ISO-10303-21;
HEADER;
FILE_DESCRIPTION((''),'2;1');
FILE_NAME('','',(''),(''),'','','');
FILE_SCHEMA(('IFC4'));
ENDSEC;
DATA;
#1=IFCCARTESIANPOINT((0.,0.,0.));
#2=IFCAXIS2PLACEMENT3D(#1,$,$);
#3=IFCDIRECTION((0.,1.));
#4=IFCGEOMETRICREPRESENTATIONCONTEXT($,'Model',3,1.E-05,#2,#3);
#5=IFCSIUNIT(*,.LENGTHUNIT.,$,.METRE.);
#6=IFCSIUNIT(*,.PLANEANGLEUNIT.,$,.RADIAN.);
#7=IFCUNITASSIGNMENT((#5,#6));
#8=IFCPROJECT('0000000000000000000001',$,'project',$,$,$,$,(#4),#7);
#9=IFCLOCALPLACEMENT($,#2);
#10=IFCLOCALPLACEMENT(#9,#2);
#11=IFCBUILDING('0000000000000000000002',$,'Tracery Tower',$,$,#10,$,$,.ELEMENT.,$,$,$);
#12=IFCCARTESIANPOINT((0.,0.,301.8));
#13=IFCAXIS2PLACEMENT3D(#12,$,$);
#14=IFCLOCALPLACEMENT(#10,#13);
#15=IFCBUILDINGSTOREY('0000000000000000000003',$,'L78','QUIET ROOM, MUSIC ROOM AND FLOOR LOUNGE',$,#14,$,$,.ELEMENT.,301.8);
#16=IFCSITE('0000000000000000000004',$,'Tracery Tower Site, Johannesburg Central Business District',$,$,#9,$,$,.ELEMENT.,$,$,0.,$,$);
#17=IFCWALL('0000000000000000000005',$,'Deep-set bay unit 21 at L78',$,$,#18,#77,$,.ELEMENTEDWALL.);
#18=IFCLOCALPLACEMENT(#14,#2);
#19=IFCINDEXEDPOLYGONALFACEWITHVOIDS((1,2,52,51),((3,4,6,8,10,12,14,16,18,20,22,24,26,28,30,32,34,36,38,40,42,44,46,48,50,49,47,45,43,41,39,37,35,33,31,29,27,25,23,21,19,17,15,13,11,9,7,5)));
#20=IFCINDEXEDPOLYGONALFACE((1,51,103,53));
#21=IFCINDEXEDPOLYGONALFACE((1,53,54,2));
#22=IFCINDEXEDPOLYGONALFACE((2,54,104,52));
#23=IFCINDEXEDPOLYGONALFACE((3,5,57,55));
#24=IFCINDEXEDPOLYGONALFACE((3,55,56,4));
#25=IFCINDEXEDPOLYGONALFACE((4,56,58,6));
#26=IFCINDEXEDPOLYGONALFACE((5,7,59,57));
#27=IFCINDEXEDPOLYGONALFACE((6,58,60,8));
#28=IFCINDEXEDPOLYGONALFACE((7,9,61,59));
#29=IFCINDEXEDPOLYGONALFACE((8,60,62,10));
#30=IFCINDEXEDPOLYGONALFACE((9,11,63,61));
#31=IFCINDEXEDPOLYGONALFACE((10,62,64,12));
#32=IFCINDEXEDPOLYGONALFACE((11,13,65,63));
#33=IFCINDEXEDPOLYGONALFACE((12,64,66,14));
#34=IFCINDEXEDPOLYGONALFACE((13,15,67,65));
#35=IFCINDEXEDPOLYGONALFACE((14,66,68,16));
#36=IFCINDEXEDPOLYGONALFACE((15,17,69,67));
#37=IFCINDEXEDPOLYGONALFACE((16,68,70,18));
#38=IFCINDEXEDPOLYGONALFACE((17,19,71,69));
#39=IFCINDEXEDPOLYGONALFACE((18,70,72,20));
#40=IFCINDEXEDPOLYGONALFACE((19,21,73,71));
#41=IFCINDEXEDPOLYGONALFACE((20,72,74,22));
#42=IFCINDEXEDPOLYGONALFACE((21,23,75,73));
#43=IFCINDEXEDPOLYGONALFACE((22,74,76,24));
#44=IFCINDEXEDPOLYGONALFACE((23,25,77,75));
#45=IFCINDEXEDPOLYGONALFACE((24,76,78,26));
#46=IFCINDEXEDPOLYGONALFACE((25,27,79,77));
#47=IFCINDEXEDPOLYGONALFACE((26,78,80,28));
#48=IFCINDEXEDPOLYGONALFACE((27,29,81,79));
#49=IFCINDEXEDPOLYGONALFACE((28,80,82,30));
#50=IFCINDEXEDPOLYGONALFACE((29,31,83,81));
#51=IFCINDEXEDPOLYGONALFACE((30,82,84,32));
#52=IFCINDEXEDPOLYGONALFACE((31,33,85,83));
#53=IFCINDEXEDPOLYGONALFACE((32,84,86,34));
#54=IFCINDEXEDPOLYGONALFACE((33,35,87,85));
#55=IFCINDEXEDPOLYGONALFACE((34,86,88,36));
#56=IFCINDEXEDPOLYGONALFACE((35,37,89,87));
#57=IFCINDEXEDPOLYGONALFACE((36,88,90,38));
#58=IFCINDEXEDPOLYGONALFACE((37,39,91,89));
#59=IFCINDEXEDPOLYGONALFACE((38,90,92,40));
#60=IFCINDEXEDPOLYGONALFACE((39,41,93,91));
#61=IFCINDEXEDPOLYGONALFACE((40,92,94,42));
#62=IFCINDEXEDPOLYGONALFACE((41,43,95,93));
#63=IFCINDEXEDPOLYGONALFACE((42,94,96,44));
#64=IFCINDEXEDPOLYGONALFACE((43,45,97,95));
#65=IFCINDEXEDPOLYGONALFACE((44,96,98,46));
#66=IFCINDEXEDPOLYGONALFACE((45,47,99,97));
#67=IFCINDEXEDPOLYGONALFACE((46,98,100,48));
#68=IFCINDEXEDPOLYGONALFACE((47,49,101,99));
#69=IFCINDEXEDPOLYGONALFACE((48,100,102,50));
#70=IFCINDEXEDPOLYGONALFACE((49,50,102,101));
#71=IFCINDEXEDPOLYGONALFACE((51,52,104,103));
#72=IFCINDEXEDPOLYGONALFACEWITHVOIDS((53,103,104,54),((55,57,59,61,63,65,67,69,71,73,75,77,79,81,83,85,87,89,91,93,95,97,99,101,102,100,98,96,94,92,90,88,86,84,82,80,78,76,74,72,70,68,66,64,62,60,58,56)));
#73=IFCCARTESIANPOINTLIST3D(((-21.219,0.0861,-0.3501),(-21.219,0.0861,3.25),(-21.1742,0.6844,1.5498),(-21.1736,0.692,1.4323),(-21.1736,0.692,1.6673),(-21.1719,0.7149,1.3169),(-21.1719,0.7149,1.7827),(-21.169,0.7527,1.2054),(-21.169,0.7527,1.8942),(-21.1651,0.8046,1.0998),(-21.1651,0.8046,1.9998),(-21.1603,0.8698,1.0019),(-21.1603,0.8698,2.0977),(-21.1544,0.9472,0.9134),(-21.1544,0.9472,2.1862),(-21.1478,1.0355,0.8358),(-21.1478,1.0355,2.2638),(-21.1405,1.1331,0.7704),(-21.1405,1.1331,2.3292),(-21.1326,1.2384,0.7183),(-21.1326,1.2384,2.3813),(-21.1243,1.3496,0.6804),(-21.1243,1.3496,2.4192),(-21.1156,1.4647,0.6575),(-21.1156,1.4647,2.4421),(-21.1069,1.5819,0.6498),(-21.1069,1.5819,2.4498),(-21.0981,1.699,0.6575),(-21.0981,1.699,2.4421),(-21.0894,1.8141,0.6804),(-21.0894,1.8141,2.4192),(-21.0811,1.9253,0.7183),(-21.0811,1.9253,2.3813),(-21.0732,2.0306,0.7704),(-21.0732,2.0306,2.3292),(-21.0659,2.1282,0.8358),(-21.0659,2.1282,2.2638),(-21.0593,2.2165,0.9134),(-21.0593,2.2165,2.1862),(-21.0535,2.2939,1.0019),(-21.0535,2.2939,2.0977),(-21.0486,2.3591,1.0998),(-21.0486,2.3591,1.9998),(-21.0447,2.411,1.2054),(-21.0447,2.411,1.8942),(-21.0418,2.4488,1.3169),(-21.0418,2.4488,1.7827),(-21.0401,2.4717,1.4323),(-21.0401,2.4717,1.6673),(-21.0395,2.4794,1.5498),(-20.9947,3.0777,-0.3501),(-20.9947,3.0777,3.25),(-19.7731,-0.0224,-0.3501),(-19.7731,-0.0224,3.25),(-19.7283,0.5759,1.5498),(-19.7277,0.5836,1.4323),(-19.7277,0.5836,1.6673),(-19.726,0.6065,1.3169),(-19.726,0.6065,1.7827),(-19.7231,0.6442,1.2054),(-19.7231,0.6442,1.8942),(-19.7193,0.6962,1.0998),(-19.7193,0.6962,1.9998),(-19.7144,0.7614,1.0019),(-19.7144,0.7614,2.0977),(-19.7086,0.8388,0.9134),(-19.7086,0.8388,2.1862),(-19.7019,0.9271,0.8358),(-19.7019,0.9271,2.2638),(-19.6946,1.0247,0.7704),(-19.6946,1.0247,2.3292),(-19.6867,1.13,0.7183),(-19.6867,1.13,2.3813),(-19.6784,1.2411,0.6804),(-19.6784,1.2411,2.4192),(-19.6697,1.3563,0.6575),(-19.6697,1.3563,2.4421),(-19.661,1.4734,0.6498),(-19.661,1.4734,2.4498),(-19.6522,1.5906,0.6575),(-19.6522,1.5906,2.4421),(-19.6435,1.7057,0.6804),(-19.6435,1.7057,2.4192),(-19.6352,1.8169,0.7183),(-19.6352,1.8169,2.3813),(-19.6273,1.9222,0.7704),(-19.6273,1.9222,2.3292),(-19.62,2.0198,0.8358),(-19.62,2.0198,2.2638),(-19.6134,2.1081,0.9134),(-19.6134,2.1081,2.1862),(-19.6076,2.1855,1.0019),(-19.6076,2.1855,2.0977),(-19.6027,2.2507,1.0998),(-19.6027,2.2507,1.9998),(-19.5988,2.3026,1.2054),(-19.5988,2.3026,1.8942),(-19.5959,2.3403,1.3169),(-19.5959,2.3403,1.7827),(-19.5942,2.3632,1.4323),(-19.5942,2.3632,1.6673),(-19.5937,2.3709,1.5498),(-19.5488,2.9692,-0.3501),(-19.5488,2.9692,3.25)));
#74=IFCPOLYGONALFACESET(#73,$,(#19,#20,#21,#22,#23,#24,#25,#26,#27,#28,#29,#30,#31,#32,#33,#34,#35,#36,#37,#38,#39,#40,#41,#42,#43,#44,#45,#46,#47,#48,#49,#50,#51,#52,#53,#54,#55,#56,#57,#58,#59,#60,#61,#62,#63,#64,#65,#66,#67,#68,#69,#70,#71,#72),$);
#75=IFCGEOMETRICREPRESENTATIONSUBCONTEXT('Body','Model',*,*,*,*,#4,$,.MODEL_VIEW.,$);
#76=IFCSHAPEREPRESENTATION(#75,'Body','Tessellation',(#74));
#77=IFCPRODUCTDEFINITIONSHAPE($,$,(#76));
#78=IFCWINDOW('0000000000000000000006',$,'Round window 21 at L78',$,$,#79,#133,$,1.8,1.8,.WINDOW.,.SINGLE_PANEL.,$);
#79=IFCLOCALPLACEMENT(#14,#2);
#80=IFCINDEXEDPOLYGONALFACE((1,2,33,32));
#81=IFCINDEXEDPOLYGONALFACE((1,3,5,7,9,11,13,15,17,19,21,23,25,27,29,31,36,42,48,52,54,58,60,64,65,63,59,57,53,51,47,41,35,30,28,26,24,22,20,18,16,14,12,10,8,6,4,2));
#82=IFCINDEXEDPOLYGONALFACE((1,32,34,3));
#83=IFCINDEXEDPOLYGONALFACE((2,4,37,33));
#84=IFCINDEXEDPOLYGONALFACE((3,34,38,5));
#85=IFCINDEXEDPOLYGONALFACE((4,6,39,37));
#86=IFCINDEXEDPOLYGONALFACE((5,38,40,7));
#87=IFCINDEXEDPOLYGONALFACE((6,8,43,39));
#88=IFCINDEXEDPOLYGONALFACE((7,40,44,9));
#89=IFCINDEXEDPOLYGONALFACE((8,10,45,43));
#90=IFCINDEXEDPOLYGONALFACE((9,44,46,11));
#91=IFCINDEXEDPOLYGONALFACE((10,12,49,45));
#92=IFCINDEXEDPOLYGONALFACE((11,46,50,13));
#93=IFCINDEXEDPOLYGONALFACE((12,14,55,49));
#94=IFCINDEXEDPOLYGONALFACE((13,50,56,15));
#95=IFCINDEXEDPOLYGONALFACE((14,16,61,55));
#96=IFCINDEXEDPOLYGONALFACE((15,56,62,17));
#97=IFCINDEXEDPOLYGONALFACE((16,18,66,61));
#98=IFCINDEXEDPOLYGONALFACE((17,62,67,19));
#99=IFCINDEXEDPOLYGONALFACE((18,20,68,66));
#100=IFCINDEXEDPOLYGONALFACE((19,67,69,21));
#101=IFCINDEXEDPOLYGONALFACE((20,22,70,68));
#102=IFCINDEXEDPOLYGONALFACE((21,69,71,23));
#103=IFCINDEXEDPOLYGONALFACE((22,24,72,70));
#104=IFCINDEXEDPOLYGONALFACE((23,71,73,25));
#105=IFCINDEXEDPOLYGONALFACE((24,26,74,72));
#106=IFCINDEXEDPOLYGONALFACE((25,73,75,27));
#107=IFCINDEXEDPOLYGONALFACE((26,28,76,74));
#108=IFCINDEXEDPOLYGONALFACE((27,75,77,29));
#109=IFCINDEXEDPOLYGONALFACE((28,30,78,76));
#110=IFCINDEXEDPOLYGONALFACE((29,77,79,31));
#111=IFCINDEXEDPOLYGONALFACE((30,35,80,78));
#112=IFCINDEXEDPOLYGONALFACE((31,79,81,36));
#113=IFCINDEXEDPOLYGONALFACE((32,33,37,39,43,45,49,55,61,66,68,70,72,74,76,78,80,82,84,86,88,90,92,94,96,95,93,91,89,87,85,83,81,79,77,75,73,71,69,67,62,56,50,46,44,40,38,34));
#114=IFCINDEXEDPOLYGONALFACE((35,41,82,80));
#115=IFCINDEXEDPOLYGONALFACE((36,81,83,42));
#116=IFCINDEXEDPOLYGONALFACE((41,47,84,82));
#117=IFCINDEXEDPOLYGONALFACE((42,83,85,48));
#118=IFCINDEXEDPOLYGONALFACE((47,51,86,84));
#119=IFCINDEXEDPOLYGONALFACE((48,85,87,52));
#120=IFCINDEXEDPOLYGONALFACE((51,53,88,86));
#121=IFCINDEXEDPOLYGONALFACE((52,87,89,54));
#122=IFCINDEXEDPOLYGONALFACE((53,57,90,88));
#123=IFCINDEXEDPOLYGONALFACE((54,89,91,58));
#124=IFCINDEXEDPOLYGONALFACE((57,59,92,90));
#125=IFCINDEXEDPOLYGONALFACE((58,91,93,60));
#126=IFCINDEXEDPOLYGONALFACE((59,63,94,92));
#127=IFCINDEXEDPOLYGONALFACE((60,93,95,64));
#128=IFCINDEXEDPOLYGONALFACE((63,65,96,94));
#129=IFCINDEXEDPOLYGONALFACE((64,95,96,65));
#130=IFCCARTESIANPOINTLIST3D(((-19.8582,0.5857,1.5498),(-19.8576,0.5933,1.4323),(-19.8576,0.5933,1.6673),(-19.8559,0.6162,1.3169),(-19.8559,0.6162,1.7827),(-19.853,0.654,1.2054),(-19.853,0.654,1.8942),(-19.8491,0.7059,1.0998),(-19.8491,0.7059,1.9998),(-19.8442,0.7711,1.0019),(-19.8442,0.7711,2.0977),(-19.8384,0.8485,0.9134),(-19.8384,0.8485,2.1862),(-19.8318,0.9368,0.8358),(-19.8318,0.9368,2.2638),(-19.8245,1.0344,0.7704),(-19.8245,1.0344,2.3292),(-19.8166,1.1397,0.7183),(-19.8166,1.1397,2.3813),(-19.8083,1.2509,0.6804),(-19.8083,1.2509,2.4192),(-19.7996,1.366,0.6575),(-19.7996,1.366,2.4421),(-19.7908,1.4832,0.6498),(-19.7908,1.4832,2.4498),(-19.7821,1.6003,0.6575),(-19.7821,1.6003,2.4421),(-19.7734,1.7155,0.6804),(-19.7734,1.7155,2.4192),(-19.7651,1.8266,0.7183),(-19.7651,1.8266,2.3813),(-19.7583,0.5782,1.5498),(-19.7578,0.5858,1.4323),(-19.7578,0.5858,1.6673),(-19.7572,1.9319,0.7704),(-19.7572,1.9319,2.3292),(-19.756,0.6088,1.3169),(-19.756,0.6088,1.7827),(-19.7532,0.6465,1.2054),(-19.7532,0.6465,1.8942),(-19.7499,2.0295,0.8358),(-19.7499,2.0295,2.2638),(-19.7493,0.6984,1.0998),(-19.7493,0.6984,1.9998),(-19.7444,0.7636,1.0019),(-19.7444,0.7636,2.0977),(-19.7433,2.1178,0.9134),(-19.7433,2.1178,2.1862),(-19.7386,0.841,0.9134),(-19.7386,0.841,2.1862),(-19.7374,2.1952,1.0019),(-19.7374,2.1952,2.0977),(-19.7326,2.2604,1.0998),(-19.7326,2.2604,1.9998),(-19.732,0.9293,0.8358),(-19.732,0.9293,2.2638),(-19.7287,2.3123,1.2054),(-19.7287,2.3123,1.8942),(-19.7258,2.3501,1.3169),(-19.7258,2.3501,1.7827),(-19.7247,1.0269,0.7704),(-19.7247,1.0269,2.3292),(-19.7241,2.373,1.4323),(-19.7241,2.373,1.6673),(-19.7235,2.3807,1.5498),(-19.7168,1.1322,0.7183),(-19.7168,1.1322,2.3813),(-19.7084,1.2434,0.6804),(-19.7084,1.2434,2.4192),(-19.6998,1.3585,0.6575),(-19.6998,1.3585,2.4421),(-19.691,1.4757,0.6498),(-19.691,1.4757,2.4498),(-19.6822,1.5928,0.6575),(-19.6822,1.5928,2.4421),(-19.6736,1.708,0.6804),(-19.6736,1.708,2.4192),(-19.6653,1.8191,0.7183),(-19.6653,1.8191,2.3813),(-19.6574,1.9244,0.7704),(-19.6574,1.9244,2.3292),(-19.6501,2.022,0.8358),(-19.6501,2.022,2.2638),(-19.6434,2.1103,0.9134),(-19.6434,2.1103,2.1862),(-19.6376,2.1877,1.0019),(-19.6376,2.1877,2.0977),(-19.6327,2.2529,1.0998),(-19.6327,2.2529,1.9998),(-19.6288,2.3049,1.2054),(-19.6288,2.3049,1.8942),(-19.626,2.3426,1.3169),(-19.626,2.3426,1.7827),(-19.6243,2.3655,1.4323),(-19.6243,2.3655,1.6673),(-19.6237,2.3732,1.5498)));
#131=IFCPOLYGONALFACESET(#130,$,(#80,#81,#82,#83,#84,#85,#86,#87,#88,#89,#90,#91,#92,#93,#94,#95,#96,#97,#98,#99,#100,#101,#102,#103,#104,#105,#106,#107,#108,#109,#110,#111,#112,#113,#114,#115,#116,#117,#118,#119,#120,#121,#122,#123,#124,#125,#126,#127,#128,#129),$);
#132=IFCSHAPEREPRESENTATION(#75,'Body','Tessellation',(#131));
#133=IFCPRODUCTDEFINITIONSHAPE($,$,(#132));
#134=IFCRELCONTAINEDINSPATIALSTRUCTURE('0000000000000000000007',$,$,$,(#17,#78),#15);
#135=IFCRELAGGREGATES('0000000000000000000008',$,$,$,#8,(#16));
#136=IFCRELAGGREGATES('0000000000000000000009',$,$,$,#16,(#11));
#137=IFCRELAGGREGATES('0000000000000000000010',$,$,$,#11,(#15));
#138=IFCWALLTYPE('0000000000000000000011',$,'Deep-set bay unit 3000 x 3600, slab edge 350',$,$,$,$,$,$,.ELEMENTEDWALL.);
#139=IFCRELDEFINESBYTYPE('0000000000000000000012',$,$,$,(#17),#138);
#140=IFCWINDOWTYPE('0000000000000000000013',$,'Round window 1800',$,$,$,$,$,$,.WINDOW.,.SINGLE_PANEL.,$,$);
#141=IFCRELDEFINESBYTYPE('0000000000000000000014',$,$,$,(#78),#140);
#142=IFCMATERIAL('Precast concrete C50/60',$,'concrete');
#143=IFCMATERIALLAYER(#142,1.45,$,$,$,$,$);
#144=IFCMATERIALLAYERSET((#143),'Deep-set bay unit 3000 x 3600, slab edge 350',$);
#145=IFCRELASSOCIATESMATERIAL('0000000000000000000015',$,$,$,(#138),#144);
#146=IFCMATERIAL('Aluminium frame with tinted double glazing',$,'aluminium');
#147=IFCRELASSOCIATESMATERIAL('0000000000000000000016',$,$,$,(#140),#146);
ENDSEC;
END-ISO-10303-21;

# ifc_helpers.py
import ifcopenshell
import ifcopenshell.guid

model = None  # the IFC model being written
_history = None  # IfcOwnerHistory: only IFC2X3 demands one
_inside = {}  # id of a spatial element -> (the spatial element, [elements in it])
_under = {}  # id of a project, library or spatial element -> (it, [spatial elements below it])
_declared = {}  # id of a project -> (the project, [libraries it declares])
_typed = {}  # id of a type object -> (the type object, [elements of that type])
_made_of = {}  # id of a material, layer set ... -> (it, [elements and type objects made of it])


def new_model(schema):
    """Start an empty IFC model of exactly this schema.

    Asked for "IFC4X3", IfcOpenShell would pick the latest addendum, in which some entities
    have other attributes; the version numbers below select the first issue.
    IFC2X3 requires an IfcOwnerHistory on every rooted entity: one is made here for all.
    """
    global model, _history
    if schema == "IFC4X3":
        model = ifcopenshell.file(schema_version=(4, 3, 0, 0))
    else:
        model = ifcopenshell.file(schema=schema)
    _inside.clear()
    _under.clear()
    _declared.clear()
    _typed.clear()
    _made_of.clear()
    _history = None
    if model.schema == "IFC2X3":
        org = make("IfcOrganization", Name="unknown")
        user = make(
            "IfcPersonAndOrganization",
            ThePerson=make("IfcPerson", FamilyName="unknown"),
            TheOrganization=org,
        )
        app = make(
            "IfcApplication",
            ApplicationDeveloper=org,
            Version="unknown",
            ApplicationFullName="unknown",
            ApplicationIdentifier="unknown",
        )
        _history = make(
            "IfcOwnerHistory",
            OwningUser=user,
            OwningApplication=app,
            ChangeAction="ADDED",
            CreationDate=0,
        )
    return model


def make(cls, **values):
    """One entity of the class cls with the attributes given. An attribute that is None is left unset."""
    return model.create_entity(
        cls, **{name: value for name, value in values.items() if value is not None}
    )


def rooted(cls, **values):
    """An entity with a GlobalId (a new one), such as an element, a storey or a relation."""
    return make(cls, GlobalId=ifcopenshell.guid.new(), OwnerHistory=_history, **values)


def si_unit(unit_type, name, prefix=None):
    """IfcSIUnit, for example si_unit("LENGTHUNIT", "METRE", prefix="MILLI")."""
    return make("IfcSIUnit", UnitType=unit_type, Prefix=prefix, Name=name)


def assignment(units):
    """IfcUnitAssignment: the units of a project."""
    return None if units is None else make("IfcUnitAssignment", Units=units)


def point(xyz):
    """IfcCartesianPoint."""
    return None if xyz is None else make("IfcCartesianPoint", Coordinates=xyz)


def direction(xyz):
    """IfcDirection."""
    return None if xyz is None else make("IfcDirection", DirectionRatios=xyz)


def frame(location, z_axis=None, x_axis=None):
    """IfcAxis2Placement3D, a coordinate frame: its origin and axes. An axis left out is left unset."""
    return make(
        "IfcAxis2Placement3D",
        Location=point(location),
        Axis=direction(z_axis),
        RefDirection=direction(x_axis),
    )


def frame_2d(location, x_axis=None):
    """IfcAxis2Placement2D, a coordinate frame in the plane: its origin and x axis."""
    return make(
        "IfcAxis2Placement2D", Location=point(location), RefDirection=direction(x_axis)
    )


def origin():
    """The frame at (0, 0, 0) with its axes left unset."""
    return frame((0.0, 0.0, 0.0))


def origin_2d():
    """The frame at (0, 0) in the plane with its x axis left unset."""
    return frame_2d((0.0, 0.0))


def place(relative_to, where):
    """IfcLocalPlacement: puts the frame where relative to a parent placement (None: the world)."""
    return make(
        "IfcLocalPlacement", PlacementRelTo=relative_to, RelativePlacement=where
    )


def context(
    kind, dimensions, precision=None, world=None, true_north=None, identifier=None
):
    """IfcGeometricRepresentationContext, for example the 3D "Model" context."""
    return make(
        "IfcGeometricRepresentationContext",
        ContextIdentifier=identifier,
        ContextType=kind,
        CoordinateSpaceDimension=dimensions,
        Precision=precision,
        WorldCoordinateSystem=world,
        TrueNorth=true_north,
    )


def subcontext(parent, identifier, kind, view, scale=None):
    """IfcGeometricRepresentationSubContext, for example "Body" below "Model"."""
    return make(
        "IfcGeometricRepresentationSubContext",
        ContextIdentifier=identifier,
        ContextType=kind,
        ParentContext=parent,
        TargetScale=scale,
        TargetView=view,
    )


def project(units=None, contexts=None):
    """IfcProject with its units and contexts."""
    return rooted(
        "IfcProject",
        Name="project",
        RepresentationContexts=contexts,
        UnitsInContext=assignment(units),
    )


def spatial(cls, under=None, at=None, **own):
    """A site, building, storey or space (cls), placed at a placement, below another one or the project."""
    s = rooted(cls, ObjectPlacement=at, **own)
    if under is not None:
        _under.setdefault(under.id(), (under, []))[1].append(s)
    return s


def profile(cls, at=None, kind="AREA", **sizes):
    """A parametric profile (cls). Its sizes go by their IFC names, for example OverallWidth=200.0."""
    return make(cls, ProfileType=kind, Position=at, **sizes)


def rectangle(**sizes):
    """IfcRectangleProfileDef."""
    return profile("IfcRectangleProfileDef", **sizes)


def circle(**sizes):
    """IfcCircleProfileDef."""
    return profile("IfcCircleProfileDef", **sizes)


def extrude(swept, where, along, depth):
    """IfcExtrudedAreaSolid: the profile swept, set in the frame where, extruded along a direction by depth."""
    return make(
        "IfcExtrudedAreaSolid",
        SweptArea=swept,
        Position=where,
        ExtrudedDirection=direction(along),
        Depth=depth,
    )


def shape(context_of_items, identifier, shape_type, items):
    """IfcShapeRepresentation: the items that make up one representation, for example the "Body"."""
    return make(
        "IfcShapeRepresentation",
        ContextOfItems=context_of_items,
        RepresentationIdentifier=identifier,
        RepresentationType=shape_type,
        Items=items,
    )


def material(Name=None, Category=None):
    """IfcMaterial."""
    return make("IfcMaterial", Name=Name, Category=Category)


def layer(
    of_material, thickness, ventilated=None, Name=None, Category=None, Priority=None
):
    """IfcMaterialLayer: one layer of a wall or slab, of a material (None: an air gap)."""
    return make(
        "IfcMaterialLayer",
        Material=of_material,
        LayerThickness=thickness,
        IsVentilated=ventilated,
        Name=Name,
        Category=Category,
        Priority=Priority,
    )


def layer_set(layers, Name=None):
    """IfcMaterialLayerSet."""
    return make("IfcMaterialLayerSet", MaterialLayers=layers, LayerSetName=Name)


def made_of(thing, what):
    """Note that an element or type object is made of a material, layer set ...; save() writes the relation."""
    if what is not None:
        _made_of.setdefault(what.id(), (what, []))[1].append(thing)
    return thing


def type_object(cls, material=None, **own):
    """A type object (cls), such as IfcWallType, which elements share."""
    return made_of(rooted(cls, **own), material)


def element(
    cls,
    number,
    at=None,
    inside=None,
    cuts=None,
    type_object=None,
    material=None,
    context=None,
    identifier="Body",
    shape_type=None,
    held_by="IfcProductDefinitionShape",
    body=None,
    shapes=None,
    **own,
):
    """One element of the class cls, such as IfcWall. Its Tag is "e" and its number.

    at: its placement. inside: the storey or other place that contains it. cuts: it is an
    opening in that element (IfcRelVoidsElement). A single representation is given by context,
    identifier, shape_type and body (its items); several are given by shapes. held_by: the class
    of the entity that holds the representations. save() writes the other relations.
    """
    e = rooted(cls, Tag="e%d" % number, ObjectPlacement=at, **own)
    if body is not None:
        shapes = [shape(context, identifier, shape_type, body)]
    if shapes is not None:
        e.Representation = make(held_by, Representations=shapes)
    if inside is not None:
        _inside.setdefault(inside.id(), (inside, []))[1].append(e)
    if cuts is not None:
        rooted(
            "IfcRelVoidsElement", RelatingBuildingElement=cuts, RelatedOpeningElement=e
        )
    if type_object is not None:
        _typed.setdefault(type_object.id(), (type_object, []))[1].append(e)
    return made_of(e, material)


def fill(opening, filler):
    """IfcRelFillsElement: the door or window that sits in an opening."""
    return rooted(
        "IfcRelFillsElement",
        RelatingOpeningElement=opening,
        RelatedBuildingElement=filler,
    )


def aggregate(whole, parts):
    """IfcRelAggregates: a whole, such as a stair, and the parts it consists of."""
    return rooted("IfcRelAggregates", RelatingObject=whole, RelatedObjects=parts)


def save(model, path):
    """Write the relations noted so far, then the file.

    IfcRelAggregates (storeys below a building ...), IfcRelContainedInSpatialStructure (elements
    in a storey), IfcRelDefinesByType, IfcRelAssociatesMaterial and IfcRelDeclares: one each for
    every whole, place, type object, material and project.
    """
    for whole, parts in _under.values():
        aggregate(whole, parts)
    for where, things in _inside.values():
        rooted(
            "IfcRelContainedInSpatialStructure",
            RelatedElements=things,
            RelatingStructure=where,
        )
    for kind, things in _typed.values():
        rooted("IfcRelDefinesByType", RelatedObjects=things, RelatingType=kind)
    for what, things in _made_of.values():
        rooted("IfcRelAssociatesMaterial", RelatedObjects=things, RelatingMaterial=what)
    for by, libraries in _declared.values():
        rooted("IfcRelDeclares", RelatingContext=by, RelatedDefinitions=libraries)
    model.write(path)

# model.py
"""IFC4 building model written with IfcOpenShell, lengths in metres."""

from ifc_helpers import new_model, si_unit, direction, frame, frame_2d, origin, origin_2d, place, context, subcontext, project, spatial, rectangle, circle, extrude, material, layer, layer_set, type_object, element, fill, save


model = new_model("IFC4")

# Units and contexts
model_context = context("Model", 3, precision=1e-05, world=origin(), true_north=direction((0.0, 1.0)))
body_context = subcontext(model_context, "Body", "Model", "MODEL_VIEW")
ifc_project = project(units=[si_unit("LENGTHUNIT", "METRE"), si_unit("PLANEANGLEUNIT", "RADIAN")], contexts=[model_context])

# Site, building, storey
site_placement = place(None, origin())
site = spatial("IfcSite", under=ifc_project, at=site_placement, Name="Tracery Tower Site, Johannesburg Central Business District", CompositionType="ELEMENT", RefElevation=0.0)
building_placement = place(site_placement, origin())
building = spatial("IfcBuilding", under=site, at=building_placement, Name="Tracery Tower", CompositionType="ELEMENT")
storey_placement = place(building_placement, frame((0.0, 0.0, 301.8)))
storey = spatial("IfcBuildingStorey", under=building, at=storey_placement, Name="L78", Description="QUIET ROOM, MUSIC ROOM AND FLOOR LOUNGE", CompositionType="ELEMENT", Elevation=301.8)

# Wall, opening, window
ifc_material_1 = material(Name="Precast concrete C50/60", Category="concrete")
ifc_layer_1 = layer(ifc_material_1, 1.45)
ifc_layer_set_1 = layer_set([ifc_layer_1], Name="Deep-set bay unit 3000 x 3600, slab edge 350")
wall_type_1 = type_object("IfcWallType", Name="Deep-set bay unit 3000 x 3600, slab edge 350", PredefinedType="ELEMENTEDWALL", material=ifc_layer_set_1)
wall_1_placement = place(storey_placement, frame((-20.2717, 3.0234, -0.3501), z_axis=(0.0, 0.0, 1.0), x_axis=(-0.074786, -0.9972, 0.0)))
wall_1 = element("IfcWall", 1, at=wall_1_placement, inside=storey, type_object=wall_type_1, Name="Deep-set bay unit 21 at L78", PredefinedType="ELEMENTEDWALL", context=body_context, shape_type="SweptSolid", body=[
    extrude(rectangle(XDim=3.0, YDim=1.45, at=frame_2d((1.5, 0.0))), origin(), (0.0, 0.0, 1.0), 3.6001),
])
opening_1_placement = place(wall_1_placement, frame((1.5, 0.0, 1.8999)))
opening_1 = element("IfcOpeningElement", 2, at=opening_1_placement, cuts=wall_1, PredefinedType="OPENING", context=body_context, shape_type="SweptSolid", body=[
    extrude(circle(Radius=0.9, at=origin_2d()), frame((0.0, 0.7349, 0.0), z_axis=(0.0, -1.0, 0.0), x_axis=(1.0, 0.0, 0.0)), (0.0, 0.0, 1.0), 1.47),
])
ifc_material_2 = material(Name="Aluminium frame with tinted double glazing", Category="aluminium")
window_type = type_object("IfcWindowType", Name="Round window 1800", PartitioningType="SINGLE_PANEL", PredefinedType="WINDOW", material=ifc_material_2)
window_1_placement = place(opening_1_placement, origin())
window_1 = element("IfcWindow", 3, at=window_1_placement, inside=storey, type_object=window_type, Name="Round window 21 at L78", OverallHeight=1.8, OverallWidth=1.8, PartitioningType="SINGLE_PANEL", PredefinedType="WINDOW", context=body_context, shape_type="SweptSolid", body=[
    extrude(circle(Radius=0.9, at=origin_2d()), frame((0.0, 0.6948, 0.0), z_axis=(0.0, -1.0, 0.0), x_axis=(1.0, 0.0, 0.0)), (0.0, 0.0, 1.0), 0.1001),
])
fill(opening_1, window_1)

save(model, "model.ifc")
